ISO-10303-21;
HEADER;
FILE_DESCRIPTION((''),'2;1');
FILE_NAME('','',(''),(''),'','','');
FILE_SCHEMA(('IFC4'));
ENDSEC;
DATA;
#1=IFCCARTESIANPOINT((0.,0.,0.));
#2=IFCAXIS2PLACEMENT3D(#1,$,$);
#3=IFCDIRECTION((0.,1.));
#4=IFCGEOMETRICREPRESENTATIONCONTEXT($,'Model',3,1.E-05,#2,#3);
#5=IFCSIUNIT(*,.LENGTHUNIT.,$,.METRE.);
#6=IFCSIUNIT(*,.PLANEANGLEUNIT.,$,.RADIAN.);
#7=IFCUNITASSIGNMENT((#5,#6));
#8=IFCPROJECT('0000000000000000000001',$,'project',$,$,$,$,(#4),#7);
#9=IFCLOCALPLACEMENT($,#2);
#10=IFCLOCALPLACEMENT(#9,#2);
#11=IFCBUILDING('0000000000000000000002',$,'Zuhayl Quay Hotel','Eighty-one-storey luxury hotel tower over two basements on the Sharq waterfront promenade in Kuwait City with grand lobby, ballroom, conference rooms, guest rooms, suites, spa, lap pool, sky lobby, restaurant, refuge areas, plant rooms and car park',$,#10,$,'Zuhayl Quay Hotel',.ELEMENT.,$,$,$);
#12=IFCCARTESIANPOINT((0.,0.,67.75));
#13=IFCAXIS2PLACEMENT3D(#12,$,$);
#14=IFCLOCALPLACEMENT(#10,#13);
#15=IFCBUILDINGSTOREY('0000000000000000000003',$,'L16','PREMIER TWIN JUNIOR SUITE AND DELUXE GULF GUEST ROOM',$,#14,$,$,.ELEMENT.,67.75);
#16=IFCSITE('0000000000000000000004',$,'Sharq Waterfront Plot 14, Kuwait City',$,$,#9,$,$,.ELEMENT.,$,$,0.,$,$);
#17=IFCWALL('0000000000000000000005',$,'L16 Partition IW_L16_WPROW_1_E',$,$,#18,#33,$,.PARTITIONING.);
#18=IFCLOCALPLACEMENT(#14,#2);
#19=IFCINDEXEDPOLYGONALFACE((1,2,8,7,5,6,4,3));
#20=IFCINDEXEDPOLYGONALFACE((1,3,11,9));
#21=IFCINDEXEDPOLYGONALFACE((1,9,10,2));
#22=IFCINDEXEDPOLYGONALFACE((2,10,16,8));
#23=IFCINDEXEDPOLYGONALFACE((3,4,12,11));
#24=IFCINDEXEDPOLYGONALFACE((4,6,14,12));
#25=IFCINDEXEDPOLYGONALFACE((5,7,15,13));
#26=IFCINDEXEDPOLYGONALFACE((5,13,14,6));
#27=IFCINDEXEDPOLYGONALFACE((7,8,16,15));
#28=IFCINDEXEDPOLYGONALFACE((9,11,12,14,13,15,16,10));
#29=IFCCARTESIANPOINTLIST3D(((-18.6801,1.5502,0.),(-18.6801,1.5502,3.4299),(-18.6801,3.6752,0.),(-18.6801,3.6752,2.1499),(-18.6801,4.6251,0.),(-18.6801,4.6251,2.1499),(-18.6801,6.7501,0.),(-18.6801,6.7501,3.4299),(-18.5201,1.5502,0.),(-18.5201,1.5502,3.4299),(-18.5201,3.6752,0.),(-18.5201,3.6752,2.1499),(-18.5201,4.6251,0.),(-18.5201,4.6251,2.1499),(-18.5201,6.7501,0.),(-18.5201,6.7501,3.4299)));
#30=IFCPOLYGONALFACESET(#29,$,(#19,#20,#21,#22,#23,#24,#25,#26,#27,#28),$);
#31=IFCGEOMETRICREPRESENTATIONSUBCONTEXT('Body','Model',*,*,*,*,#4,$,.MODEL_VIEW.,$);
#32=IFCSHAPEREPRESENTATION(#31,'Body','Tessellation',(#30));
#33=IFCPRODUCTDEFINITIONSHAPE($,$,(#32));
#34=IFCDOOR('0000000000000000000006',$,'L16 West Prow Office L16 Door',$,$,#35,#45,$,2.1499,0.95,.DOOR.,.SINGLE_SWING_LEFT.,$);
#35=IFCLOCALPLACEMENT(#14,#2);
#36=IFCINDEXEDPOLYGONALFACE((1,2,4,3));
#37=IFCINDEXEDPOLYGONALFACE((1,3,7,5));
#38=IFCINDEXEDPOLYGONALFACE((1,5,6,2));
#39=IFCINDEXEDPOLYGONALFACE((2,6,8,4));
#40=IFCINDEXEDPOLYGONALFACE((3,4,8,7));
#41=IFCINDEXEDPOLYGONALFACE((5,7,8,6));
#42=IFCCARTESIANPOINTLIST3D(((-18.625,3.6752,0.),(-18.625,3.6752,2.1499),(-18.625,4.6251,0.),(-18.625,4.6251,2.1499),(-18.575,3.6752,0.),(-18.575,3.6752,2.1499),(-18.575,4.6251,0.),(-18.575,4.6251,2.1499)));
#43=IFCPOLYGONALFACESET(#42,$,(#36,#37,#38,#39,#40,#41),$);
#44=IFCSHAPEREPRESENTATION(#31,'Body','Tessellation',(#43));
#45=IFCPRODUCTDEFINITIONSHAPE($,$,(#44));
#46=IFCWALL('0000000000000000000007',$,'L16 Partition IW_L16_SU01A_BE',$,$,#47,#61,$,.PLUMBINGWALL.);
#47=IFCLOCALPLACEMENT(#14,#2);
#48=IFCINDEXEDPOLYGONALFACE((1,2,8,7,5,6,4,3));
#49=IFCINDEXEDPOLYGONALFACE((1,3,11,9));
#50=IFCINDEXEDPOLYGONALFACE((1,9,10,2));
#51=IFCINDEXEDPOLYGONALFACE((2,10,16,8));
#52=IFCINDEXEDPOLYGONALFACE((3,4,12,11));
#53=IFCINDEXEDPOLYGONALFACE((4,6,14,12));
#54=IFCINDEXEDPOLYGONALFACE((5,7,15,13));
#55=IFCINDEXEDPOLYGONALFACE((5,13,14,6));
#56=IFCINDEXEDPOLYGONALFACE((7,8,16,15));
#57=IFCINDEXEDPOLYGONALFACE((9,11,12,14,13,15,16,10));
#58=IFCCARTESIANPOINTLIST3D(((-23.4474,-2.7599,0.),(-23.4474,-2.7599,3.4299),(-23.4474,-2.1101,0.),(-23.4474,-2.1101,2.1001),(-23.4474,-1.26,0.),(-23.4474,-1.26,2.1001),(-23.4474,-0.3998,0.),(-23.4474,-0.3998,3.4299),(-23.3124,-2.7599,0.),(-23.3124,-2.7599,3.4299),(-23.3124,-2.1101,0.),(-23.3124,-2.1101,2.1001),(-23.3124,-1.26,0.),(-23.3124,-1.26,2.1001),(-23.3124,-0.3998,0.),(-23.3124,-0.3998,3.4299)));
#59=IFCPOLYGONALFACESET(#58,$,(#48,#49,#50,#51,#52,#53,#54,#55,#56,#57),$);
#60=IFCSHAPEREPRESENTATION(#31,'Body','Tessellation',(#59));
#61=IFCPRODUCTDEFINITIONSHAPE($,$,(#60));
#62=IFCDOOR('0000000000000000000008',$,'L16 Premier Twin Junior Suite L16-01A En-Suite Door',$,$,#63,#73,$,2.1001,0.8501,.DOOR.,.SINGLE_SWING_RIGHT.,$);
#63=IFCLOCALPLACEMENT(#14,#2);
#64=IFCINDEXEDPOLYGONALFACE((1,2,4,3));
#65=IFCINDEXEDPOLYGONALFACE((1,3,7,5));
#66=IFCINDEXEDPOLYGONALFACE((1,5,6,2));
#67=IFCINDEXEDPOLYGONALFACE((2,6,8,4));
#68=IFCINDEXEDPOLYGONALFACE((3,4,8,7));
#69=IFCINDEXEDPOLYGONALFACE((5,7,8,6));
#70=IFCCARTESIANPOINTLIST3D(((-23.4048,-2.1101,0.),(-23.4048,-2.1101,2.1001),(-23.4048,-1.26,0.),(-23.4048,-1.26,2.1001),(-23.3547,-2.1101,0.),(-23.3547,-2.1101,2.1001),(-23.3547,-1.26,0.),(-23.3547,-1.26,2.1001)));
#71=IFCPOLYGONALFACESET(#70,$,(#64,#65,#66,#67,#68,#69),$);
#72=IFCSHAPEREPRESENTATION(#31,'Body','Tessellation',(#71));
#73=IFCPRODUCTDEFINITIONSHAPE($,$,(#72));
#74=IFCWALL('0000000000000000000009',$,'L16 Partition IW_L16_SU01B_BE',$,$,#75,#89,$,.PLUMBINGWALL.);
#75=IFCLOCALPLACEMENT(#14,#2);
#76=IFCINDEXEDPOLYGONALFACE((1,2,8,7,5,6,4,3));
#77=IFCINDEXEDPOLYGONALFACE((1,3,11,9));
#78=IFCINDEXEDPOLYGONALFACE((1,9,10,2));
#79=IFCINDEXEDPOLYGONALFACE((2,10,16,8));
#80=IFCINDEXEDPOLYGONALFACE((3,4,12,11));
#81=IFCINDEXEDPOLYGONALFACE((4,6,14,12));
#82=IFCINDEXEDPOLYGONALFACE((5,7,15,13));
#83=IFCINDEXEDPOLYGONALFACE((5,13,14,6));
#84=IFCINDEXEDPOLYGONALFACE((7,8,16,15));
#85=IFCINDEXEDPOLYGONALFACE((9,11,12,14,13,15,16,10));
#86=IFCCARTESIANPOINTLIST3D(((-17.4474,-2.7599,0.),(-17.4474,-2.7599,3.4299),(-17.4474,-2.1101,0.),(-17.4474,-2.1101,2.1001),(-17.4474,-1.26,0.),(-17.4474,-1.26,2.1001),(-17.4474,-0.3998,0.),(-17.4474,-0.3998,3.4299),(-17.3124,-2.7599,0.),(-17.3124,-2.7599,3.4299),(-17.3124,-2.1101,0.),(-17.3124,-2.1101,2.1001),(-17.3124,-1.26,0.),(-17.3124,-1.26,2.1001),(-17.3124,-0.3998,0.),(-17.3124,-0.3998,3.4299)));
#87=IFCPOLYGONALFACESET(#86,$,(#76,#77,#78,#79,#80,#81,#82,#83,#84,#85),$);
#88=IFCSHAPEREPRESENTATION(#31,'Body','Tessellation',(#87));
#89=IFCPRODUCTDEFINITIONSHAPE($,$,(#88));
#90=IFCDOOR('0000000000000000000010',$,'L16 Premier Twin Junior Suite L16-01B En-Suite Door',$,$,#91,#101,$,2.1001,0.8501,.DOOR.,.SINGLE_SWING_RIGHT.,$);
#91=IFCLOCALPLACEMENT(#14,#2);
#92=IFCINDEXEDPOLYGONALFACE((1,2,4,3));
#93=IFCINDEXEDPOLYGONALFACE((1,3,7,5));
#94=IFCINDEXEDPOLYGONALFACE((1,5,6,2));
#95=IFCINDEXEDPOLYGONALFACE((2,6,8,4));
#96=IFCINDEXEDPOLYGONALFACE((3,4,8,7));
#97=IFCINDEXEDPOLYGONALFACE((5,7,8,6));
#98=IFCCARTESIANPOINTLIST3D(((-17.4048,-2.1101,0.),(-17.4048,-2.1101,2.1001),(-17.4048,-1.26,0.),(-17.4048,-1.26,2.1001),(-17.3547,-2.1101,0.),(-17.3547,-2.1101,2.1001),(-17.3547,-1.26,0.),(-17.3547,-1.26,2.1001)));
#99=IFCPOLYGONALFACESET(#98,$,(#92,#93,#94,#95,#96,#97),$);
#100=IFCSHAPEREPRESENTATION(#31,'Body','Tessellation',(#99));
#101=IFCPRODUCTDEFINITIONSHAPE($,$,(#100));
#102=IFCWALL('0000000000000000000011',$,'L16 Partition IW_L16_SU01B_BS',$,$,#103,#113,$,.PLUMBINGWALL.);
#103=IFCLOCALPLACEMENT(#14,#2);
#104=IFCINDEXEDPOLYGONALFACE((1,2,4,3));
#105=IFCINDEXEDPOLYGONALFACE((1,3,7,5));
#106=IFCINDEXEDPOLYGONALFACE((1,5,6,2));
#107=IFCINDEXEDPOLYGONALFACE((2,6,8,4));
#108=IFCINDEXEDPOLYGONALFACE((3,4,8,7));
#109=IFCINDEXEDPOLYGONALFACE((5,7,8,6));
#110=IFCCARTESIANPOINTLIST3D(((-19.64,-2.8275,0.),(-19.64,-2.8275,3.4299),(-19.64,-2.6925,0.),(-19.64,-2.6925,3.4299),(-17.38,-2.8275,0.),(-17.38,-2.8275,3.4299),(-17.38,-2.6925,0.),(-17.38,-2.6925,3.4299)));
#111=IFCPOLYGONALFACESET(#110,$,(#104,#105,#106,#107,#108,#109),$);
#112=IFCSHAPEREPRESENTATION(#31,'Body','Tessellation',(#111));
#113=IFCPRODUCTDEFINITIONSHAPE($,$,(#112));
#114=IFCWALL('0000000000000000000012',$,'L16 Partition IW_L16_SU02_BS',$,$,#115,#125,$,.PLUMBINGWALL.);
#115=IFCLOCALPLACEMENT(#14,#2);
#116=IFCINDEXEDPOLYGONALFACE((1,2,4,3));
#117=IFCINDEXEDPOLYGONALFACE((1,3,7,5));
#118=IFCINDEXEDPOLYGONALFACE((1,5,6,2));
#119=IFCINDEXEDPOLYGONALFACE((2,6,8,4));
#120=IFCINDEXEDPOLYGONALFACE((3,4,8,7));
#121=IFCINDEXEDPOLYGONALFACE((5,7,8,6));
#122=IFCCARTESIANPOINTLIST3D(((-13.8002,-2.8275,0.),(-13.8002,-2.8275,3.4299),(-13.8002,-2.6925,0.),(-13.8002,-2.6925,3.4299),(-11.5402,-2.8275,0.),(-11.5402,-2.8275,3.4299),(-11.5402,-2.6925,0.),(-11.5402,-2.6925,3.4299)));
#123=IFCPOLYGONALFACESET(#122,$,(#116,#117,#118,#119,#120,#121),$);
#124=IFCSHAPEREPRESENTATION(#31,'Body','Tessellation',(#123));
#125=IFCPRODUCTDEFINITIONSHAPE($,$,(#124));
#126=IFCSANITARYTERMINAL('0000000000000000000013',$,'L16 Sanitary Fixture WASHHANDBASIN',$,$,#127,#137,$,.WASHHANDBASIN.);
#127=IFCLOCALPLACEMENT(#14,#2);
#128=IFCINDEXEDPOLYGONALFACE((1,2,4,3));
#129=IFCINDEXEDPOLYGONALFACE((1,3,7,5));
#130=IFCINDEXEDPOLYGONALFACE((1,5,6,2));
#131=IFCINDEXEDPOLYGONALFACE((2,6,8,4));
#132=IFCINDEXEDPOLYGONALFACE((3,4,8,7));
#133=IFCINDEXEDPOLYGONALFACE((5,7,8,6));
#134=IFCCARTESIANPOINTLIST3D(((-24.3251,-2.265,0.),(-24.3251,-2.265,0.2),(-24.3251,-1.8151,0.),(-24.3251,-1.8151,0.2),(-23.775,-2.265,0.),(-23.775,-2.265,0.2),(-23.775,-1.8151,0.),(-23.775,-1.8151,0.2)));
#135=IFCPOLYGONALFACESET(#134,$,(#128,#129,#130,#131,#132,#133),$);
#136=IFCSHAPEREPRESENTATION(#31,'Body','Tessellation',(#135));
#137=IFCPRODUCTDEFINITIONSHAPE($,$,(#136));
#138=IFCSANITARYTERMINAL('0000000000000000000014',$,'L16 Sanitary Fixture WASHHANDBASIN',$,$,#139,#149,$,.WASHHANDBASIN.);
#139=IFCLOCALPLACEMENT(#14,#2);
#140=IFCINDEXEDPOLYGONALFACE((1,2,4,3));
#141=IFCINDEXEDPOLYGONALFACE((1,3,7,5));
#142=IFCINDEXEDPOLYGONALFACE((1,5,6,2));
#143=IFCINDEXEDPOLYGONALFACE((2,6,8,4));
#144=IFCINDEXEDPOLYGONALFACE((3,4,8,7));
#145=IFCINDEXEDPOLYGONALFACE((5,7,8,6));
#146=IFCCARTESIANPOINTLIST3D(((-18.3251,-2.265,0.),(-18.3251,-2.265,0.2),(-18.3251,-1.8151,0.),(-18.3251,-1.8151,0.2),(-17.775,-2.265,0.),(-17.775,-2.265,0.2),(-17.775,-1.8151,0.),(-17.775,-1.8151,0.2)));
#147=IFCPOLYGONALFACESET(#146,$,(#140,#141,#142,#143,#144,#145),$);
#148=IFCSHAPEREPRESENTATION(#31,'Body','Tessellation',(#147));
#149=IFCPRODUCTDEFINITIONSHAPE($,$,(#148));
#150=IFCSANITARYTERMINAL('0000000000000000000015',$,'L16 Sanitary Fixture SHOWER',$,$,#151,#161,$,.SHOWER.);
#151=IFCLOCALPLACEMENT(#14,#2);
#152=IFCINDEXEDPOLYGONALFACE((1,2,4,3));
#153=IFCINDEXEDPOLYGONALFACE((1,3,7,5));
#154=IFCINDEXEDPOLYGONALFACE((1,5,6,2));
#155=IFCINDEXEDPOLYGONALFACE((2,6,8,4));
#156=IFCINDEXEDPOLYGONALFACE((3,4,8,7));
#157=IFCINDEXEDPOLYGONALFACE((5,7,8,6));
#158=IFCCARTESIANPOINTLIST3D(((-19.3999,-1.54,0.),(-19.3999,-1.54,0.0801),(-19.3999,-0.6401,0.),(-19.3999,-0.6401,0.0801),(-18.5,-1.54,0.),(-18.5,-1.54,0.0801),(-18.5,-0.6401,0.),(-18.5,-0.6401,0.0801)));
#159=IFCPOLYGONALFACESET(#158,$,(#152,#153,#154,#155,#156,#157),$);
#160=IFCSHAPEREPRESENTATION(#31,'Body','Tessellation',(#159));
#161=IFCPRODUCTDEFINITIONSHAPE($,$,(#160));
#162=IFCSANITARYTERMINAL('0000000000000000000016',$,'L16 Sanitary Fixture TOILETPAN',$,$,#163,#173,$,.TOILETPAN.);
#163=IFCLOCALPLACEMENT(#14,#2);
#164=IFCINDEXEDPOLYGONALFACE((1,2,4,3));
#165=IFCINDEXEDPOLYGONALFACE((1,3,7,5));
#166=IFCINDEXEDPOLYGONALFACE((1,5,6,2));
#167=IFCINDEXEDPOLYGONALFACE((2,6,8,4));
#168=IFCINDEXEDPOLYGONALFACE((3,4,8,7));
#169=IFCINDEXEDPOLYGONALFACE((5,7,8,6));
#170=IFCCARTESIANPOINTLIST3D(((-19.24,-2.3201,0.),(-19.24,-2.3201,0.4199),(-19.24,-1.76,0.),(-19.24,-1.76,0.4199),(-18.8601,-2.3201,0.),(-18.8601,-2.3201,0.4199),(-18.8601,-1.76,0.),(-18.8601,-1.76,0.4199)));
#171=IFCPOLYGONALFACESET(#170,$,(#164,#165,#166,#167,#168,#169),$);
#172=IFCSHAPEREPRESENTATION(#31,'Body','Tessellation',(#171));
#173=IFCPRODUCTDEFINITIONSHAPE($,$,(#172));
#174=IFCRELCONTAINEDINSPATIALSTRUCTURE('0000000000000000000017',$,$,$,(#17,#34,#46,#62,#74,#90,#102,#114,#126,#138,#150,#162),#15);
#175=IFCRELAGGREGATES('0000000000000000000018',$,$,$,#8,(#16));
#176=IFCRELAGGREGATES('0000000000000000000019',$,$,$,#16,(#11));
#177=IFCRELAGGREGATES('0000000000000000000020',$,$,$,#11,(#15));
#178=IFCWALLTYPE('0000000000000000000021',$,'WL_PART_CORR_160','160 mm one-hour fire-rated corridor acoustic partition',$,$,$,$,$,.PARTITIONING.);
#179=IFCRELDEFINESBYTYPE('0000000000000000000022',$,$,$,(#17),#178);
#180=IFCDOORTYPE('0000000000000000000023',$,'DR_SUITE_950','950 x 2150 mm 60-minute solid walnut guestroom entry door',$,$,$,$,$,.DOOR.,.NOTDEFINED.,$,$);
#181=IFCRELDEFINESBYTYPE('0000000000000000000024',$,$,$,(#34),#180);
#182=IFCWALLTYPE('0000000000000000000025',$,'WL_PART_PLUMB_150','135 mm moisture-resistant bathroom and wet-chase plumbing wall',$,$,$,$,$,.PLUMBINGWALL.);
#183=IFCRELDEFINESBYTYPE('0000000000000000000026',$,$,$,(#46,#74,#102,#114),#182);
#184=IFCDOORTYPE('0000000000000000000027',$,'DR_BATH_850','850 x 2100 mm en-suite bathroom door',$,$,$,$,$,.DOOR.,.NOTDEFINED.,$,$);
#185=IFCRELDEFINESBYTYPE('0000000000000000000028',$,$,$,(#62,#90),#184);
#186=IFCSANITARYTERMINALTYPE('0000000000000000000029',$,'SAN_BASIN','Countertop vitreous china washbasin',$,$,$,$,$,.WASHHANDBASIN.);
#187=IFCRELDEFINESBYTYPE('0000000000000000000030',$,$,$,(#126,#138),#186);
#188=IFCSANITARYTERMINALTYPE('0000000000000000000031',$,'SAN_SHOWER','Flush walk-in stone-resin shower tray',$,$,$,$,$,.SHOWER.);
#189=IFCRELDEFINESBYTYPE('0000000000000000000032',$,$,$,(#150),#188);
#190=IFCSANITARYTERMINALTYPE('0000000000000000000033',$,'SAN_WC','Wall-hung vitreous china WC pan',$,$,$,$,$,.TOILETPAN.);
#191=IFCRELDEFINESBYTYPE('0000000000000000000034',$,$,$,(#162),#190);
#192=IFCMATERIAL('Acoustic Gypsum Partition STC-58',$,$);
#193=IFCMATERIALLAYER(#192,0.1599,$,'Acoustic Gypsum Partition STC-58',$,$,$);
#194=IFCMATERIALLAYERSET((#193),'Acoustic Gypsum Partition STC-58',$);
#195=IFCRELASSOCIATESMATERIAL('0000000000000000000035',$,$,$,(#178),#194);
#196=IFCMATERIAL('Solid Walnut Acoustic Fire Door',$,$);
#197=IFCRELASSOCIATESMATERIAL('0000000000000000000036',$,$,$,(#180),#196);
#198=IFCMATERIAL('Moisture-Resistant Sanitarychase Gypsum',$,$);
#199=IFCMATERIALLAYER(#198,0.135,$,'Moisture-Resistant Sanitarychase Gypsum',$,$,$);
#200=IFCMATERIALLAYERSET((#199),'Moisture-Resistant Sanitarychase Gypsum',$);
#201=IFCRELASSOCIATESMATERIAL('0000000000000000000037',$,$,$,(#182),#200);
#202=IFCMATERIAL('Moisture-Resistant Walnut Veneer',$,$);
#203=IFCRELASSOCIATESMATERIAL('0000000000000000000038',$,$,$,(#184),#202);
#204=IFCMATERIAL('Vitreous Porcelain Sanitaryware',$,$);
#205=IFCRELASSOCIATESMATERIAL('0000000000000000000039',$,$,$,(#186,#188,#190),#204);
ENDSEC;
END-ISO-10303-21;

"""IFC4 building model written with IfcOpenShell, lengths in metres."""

from ifc_helpers import new_model, si_unit, direction, frame, frame_2d, origin, origin_2d, place, context, subcontext, project, spatial, rectangle, extrude, material, layer, layer_set, type_object, element, fill, save


model = new_model("IFC4")

# Units and contexts
model_context = context("Model", 3, precision=1e-05, world=origin(), true_north=direction((0.0, 1.0)))
body_context = subcontext(model_context, "Body", "Model", "MODEL_VIEW")
ifc_project = project(units=[si_unit("LENGTHUNIT", "METRE"), si_unit("PLANEANGLEUNIT", "RADIAN")], contexts=[model_context])

# Site, building, storey
site_placement = place(None, origin())
site = spatial("IfcSite", under=ifc_project, at=site_placement, Name="Sharq Waterfront Plot 14, Kuwait City", CompositionType="ELEMENT", RefElevation=0.0)
building_placement = place(site_placement, origin())
building = spatial("IfcBuilding", under=site, at=building_placement, Name="Zuhayl Quay Hotel", Description="Eighty-one-storey luxury hotel tower over two basements on the Sharq waterfront promenade in Kuwait City with grand lobby, ballroom, conference rooms, guest rooms, suites, spa, lap pool, sky lobby, restaurant, refuge areas, plant rooms and car park", LongName="Zuhayl Quay Hotel", CompositionType="ELEMENT")
storey_placement = place(building_placement, frame((0.0, 0.0, 67.75)))
storey = spatial("IfcBuildingStorey", under=building, at=storey_placement, Name="L16", Description="PREMIER TWIN JUNIOR SUITE AND DELUXE GULF GUEST ROOM", CompositionType="ELEMENT", Elevation=67.75)

# Walls, openings, doors
ifc_material_1 = material(Name="Acoustic Gypsum Partition STC-58")
ifc_layer_1 = layer(ifc_material_1, 0.1599, Name="Acoustic Gypsum Partition STC-58")
ifc_layer_set_1 = layer_set([ifc_layer_1], Name="Acoustic Gypsum Partition STC-58")
wall_type_1 = type_object("IfcWallType", Name="WL_PART_CORR_160", Description="160 mm one-hour fire-rated corridor acoustic partition", PredefinedType="PARTITIONING", material=ifc_layer_set_1)
ifc_material_2 = material(Name="Solid Walnut Acoustic Fire Door")
wall_1_placement = place(storey_placement, frame((-18.6001, 1.55, 0.0), z_axis=(0.0, 0.0, 1.0), x_axis=(0.0, 1.0, 0.0)))
wall_1 = element("IfcWall", 1, at=wall_1_placement, inside=storey, type_object=wall_type_1, Name="L16 Partition IW_L16_WPROW_1_E", PredefinedType="PARTITIONING", context=body_context, shape_type="SweptSolid", body=[
    extrude(rectangle(XDim=5.2, YDim=0.1599, at=frame_2d((2.6001, 0.0))), origin(), (0.0, 0.0, 1.0), 3.4299),
])
opening_1_placement = place(wall_1_placement, frame((2.125, 0.0, 0.0)))
opening_1 = element("IfcOpeningElement", 2, at=opening_1_placement, cuts=wall_1, PredefinedType="OPENING", context=body_context, shape_type="SweptSolid", body=[
    extrude(rectangle(XDim=0.95, YDim=2.1499, at=frame_2d((0.4751, 1.075))), frame((0.0, 0.0898, 0.0), z_axis=(0.0, -1.0, 0.0), x_axis=(1.0, 0.0, 0.0)), (0.0, 0.0, 1.0), 0.1799),
])
door_type_1 = type_object("IfcDoorType", Name="DR_SUITE_950", Description="950 x 2150 mm 60-minute solid walnut guestroom entry door", OperationType="NOTDEFINED", PredefinedType="DOOR", material=ifc_material_2)
door_1_placement = place(opening_1_placement, origin())
door_1 = element("IfcDoor", 3, at=door_1_placement, inside=storey, type_object=door_type_1, Name="L16 West Prow Office L16 Door", OperationType="SINGLE_SWING_LEFT", OverallHeight=2.1499, OverallWidth=0.95, PredefinedType="DOOR", context=body_context, shape_type="SweptSolid", body=[
    extrude(rectangle(XDim=0.95, YDim=2.1499, at=frame_2d((0.4751, 1.075))), frame((0.0, 0.0249, 0.0), z_axis=(0.0, -1.0, 0.0), x_axis=(1.0, 0.0, 0.0)), (0.0, 0.0, 1.0), 0.05),
])
fill(opening_1, door_1)
ifc_material_3 = material(Name="Moisture-Resistant Sanitarychase Gypsum")
ifc_layer_2 = layer(ifc_material_3, 0.135, Name="Moisture-Resistant Sanitarychase Gypsum")
ifc_layer_set_2 = layer_set([ifc_layer_2], Name="Moisture-Resistant Sanitarychase Gypsum")
wall_type_2 = type_object("IfcWallType", Name="WL_PART_PLUMB_150", Description="135 mm moisture-resistant bathroom and wet-chase plumbing wall", PredefinedType="PLUMBINGWALL", material=ifc_layer_set_2)
wall_2_placement = place(storey_placement, frame((-23.3799, -2.76, 0.0), z_axis=(0.0, 0.0, 1.0), x_axis=(0.0, 1.0, 0.0)))
wall_2 = element("IfcWall", 4, at=wall_2_placement, inside=storey, type_object=wall_type_2, Name="L16 Partition IW_L16_SU01A_BE", PredefinedType="PLUMBINGWALL", context=body_context, shape_type="SweptSolid", body=[
    extrude(rectangle(XDim=2.3601, YDim=0.135, at=frame_2d((1.1802, 0.0))), origin(), (0.0, 0.0, 1.0), 3.4299),
])
opening_2_placement = place(wall_2_placement, frame((0.6499, 0.0, 0.0)))
opening_2 = element("IfcOpeningElement", 5, at=opening_2_placement, cuts=wall_2, PredefinedType="OPENING", context=body_context, shape_type="SweptSolid", body=[
    extrude(rectangle(XDim=0.8501, YDim=2.1001, at=frame_2d((0.425, 1.05))), frame((0.0, 0.0774, 0.0), z_axis=(0.0, -1.0, 0.0), x_axis=(1.0, 0.0, 0.0)), (0.0, 0.0, 1.0), 0.155),
])
ifc_material_4 = material(Name="Moisture-Resistant Walnut Veneer")
door_type_2 = type_object("IfcDoorType", Name="DR_BATH_850", Description="850 x 2100 mm en-suite bathroom door", OperationType="NOTDEFINED", PredefinedType="DOOR", material=ifc_material_4)
door_2_placement = place(opening_2_placement, origin())
door_2 = element("IfcDoor", 6, at=door_2_placement, inside=storey, type_object=door_type_2, Name="L16 Premier Twin Junior Suite L16-01A En-Suite Door", OperationType="SINGLE_SWING_RIGHT", OverallHeight=2.1001, OverallWidth=0.8501, PredefinedType="DOOR", context=body_context, shape_type="SweptSolid", body=[
    extrude(rectangle(XDim=0.8501, YDim=2.1001, at=frame_2d((0.425, 1.05))), frame((0.0, 0.0249, 0.0), z_axis=(0.0, -1.0, 0.0), x_axis=(1.0, 0.0, 0.0)), (0.0, 0.0, 1.0), 0.05),
])
fill(opening_2, door_2)
wall_3_placement = place(storey_placement, frame((-17.3799, -2.76, 0.0), z_axis=(0.0, 0.0, 1.0), x_axis=(0.0, 1.0, 0.0)))
wall_3 = element("IfcWall", 7, at=wall_3_placement, inside=storey, type_object=wall_type_2, Name="L16 Partition IW_L16_SU01B_BE", PredefinedType="PLUMBINGWALL", context=body_context, shape_type="SweptSolid", body=[
    extrude(rectangle(XDim=2.3601, YDim=0.135, at=frame_2d((1.1802, 0.0))), origin(), (0.0, 0.0, 1.0), 3.4299),
])
opening_3_placement = place(wall_3_placement, frame((0.6499, 0.0, 0.0)))
opening_3 = element("IfcOpeningElement", 8, at=opening_3_placement, cuts=wall_3, PredefinedType="OPENING", context=body_context, shape_type="SweptSolid", body=[
    extrude(rectangle(XDim=0.8501, YDim=2.1001, at=frame_2d((0.425, 1.05))), frame((0.0, 0.0774, 0.0), z_axis=(0.0, -1.0, 0.0), x_axis=(1.0, 0.0, 0.0)), (0.0, 0.0, 1.0), 0.155),
])
door_3_placement = place(opening_3_placement, origin())
door_3 = element("IfcDoor", 9, at=door_3_placement, inside=storey, type_object=door_type_2, Name="L16 Premier Twin Junior Suite L16-01B En-Suite Door", OperationType="SINGLE_SWING_RIGHT", OverallHeight=2.1001, OverallWidth=0.8501, PredefinedType="DOOR", context=body_context, shape_type="SweptSolid", body=[
    extrude(rectangle(XDim=0.8501, YDim=2.1001, at=frame_2d((0.425, 1.05))), frame((0.0, 0.0249, 0.0), z_axis=(0.0, -1.0, 0.0), x_axis=(1.0, 0.0, 0.0)), (0.0, 0.0, 1.0), 0.05),
])
fill(opening_3, door_3)

# Walls
for number, where, z_axis, x_axis, name in (
    (10, (-19.6399, -2.76, 0.0), (0.0, 0.0, 1.0), (1.0, 0.0, 0.0), "L16 Partition IW_L16_SU01B_BS"),
    (11, (-13.8, -2.76, 0.0), (0.0, 0.0, 1.0), (1.0, 0.0, 0.0), "L16 Partition IW_L16_SU02_BS"),
):
    element("IfcWall", number, at=place(storey_placement, frame(where, z_axis=z_axis, x_axis=x_axis)), inside=storey, type_object=wall_type_2, Name=name, PredefinedType="PLUMBINGWALL", context=body_context, shape_type="SweptSolid", body=[
        extrude(rectangle(XDim=2.26, YDim=0.135, at=frame_2d((1.1299, 0.0))), origin(), (0.0, 0.0, 1.0), 3.4299),
    ])

# Sanitary terminals
ifc_material_5 = material(Name="Vitreous Porcelain Sanitaryware")
sanitary_terminal_type_1 = type_object("IfcSanitaryTerminalType", Name="SAN_BASIN", Description="Countertop vitreous china washbasin", PredefinedType="WASHHANDBASIN", material=ifc_material_5)
for number, where, z_axis, x_axis, name in (
    (12, (-24.05, -2.04, 0.0), (0.0, 0.0, 1.0), (1.0, 0.0, 0.0), "L16 Sanitary Fixture WASHHANDBASIN"),
    (13, (-18.05, -2.04, 0.0), (0.0, 0.0, 1.0), (1.0, 0.0, 0.0), "L16 Sanitary Fixture WASHHANDBASIN"),
):
    element("IfcSanitaryTerminal", number, at=place(storey_placement, frame(where, z_axis=z_axis, x_axis=x_axis)), inside=storey, type_object=sanitary_terminal_type_1, Name=name, PredefinedType="WASHHANDBASIN", context=body_context, shape_type="SweptSolid", body=[
        extrude(rectangle(XDim=0.55, YDim=0.45, at=origin_2d()), origin(), (0.0, 0.0, 1.0), 0.2),
    ])
sanitary_terminal_type_2 = type_object("IfcSanitaryTerminalType", Name="SAN_SHOWER", Description="Flush walk-in stone-resin shower tray", PredefinedType="SHOWER", material=ifc_material_5)
sanitary_terminal_1_placement = place(storey_placement, frame((-18.95, -1.0901, 0.0), z_axis=(0.0, 0.0, 1.0), x_axis=(1.0, 0.0, 0.0)))
element("IfcSanitaryTerminal", 14, at=sanitary_terminal_1_placement, inside=storey, type_object=sanitary_terminal_type_2, Name="L16 Sanitary Fixture SHOWER", PredefinedType="SHOWER", context=body_context, shape_type="SweptSolid", body=[
    extrude(rectangle(XDim=0.8999, YDim=0.8999, at=origin_2d()), origin(), (0.0, 0.0, 1.0), 0.0801),
])
sanitary_terminal_type_3 = type_object("IfcSanitaryTerminalType", Name="SAN_WC", Description="Wall-hung vitreous china WC pan", PredefinedType="TOILETPAN", material=ifc_material_5)
sanitary_terminal_2_placement = place(storey_placement, frame((-19.05, -2.04, 0.0), z_axis=(0.0, 0.0, 1.0), x_axis=(1.0, 0.0, 0.0)))
element("IfcSanitaryTerminal", 15, at=sanitary_terminal_2_placement, inside=storey, type_object=sanitary_terminal_type_3, Name="L16 Sanitary Fixture TOILETPAN", PredefinedType="TOILETPAN", context=body_context, shape_type="SweptSolid", body=[
    extrude(rectangle(XDim=0.3799, YDim=0.5601, at=origin_2d()), origin(), (0.0, 0.0, 1.0), 0.4199),
])

save(model, "model.ifc")
